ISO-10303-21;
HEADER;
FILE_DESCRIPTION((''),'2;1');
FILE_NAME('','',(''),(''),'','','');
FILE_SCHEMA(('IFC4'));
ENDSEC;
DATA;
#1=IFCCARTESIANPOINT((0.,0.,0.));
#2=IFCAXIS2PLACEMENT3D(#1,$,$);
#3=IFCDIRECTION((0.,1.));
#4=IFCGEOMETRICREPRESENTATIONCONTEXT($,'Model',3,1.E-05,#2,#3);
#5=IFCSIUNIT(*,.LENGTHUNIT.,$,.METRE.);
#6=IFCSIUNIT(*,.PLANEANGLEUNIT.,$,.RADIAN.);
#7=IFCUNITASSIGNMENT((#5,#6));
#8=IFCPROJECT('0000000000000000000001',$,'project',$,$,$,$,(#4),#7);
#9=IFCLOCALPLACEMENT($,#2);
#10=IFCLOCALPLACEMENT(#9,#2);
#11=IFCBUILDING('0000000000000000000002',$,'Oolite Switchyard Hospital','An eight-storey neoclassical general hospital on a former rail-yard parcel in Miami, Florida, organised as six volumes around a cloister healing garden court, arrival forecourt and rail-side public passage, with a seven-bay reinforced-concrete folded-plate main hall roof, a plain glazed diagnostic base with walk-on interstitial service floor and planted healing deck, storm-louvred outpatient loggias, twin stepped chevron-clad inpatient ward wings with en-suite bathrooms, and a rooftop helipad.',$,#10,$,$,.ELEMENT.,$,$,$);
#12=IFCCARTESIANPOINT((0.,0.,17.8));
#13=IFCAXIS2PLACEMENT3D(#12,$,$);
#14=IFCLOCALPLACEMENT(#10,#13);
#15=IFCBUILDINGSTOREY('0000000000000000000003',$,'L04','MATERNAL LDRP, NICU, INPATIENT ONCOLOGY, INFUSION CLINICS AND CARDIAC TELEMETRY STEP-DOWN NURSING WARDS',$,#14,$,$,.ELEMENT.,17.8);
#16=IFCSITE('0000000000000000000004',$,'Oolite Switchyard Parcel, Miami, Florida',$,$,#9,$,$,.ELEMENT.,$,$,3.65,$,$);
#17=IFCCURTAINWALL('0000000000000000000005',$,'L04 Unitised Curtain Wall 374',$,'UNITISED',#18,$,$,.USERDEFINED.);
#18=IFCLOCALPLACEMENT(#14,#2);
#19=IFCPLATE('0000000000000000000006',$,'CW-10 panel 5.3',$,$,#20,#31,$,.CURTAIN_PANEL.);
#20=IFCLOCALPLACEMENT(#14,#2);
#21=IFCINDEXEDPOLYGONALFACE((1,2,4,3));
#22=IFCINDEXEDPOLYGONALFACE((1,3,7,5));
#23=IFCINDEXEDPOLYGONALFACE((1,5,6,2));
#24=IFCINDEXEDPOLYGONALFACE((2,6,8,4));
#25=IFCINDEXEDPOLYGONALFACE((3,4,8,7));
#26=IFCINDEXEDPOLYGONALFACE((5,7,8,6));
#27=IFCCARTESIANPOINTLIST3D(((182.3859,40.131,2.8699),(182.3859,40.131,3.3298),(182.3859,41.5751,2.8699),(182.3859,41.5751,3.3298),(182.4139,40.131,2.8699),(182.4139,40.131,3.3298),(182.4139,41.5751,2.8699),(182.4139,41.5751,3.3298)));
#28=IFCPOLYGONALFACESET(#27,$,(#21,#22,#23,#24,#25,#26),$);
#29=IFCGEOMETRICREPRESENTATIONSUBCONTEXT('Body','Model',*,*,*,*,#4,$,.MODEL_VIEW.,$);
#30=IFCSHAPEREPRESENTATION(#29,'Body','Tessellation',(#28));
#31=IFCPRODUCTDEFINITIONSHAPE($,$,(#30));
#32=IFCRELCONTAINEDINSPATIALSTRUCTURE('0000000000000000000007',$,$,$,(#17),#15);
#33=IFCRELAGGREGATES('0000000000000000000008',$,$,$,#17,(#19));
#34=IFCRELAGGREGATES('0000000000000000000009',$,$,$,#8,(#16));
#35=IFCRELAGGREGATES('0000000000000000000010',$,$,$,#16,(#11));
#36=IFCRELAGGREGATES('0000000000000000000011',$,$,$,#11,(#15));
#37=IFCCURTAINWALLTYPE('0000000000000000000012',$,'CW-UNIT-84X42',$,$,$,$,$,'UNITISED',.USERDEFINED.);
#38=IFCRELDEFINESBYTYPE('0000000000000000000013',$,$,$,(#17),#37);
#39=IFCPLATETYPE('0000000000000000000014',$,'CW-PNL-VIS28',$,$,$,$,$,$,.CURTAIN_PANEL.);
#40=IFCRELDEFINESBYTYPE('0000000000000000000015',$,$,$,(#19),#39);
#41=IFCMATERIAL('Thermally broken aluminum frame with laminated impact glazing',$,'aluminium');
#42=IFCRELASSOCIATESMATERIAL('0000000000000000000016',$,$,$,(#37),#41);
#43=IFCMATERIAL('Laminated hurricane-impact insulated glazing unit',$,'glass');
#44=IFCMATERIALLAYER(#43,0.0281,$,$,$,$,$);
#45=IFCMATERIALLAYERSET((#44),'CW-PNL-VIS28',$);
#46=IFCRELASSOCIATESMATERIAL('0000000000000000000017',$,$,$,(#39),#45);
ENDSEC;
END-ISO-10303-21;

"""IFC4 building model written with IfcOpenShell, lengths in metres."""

from ifc_helpers import new_model, si_unit, direction, frame, origin, origin_2d, place, context, subcontext, project, spatial, rectangle, extrude, material, layer, layer_set, type_object, element, aggregate, save


model = new_model("IFC4")

# Units and contexts
model_context = context("Model", 3, precision=1e-05, world=origin(), true_north=direction((0.0, 1.0)))
body_context = subcontext(model_context, "Body", "Model", "MODEL_VIEW")
ifc_project = project(units=[si_unit("LENGTHUNIT", "METRE"), si_unit("PLANEANGLEUNIT", "RADIAN")], contexts=[model_context])

# Site, building, storey
site_placement = place(None, origin())
site = spatial("IfcSite", under=ifc_project, at=site_placement, Name="Oolite Switchyard Parcel, Miami, Florida", CompositionType="ELEMENT", RefElevation=3.65)
building_placement = place(site_placement, origin())
building = spatial("IfcBuilding", under=site, at=building_placement, Name="Oolite Switchyard Hospital", Description="An eight-storey neoclassical general hospital on a former rail-yard parcel in Miami, Florida, organised as six volumes around a cloister healing garden court, arrival forecourt and rail-side public passage, with a seven-bay reinforced-concrete folded-plate main hall roof, a plain glazed diagnostic base with walk-on interstitial service floor and planted healing deck, storm-louvred outpatient loggias, twin stepped chevron-clad inpatient ward wings with en-suite bathrooms, and a rooftop helipad.", CompositionType="ELEMENT")
storey_placement = place(building_placement, frame((0.0, 0.0, 17.8)))
storey = spatial("IfcBuildingStorey", under=building, at=storey_placement, Name="L04", Description="MATERNAL LDRP, NICU, INPATIENT ONCOLOGY, INFUSION CLINICS AND CARDIAC TELEMETRY STEP-DOWN NURSING WARDS", CompositionType="ELEMENT", Elevation=17.8)

# Curtain wall
ifc_material_1 = material(Name="Thermally broken aluminum frame with laminated impact glazing", Category="aluminium")
curtain_wall_type = type_object("IfcCurtainWallType", Name="CW-UNIT-84X42", ElementType="UNITISED", PredefinedType="USERDEFINED", material=ifc_material_1)
curtain_wall_1_placement = place(storey_placement, origin())
curtain_wall_1 = element("IfcCurtainWall", 1, at=curtain_wall_1_placement, inside=storey, type_object=curtain_wall_type, Name="L04 Unitised Curtain Wall 374", ObjectType="UNITISED", PredefinedType="USERDEFINED")

# Plate
ifc_material_2 = material(Name="Laminated hurricane-impact insulated glazing unit", Category="glass")
ifc_layer = layer(ifc_material_2, 0.0281)
ifc_layer_set = layer_set([ifc_layer], Name="CW-PNL-VIS28")
plate_type = type_object("IfcPlateType", Name="CW-PNL-VIS28", PredefinedType="CURTAIN_PANEL", material=ifc_layer_set)
plate_1_placement = place(storey_placement, frame((182.3999, 40.853, 2.8699), z_axis=(0.0, 0.0, 1.0), x_axis=(0.0, 1.0, 0.0)))
plate_1 = element("IfcPlate", 2, at=plate_1_placement, type_object=plate_type, Name="CW-10 panel 5.3", PredefinedType="CURTAIN_PANEL", context=body_context, shape_type="SweptSolid", body=[
    extrude(rectangle(XDim=1.4441, YDim=0.0281, at=origin_2d()), origin(), (0.0, 0.0, 1.0), 0.46),
])
aggregate(curtain_wall_1, [plate_1])

save(model, "model.ifc")
